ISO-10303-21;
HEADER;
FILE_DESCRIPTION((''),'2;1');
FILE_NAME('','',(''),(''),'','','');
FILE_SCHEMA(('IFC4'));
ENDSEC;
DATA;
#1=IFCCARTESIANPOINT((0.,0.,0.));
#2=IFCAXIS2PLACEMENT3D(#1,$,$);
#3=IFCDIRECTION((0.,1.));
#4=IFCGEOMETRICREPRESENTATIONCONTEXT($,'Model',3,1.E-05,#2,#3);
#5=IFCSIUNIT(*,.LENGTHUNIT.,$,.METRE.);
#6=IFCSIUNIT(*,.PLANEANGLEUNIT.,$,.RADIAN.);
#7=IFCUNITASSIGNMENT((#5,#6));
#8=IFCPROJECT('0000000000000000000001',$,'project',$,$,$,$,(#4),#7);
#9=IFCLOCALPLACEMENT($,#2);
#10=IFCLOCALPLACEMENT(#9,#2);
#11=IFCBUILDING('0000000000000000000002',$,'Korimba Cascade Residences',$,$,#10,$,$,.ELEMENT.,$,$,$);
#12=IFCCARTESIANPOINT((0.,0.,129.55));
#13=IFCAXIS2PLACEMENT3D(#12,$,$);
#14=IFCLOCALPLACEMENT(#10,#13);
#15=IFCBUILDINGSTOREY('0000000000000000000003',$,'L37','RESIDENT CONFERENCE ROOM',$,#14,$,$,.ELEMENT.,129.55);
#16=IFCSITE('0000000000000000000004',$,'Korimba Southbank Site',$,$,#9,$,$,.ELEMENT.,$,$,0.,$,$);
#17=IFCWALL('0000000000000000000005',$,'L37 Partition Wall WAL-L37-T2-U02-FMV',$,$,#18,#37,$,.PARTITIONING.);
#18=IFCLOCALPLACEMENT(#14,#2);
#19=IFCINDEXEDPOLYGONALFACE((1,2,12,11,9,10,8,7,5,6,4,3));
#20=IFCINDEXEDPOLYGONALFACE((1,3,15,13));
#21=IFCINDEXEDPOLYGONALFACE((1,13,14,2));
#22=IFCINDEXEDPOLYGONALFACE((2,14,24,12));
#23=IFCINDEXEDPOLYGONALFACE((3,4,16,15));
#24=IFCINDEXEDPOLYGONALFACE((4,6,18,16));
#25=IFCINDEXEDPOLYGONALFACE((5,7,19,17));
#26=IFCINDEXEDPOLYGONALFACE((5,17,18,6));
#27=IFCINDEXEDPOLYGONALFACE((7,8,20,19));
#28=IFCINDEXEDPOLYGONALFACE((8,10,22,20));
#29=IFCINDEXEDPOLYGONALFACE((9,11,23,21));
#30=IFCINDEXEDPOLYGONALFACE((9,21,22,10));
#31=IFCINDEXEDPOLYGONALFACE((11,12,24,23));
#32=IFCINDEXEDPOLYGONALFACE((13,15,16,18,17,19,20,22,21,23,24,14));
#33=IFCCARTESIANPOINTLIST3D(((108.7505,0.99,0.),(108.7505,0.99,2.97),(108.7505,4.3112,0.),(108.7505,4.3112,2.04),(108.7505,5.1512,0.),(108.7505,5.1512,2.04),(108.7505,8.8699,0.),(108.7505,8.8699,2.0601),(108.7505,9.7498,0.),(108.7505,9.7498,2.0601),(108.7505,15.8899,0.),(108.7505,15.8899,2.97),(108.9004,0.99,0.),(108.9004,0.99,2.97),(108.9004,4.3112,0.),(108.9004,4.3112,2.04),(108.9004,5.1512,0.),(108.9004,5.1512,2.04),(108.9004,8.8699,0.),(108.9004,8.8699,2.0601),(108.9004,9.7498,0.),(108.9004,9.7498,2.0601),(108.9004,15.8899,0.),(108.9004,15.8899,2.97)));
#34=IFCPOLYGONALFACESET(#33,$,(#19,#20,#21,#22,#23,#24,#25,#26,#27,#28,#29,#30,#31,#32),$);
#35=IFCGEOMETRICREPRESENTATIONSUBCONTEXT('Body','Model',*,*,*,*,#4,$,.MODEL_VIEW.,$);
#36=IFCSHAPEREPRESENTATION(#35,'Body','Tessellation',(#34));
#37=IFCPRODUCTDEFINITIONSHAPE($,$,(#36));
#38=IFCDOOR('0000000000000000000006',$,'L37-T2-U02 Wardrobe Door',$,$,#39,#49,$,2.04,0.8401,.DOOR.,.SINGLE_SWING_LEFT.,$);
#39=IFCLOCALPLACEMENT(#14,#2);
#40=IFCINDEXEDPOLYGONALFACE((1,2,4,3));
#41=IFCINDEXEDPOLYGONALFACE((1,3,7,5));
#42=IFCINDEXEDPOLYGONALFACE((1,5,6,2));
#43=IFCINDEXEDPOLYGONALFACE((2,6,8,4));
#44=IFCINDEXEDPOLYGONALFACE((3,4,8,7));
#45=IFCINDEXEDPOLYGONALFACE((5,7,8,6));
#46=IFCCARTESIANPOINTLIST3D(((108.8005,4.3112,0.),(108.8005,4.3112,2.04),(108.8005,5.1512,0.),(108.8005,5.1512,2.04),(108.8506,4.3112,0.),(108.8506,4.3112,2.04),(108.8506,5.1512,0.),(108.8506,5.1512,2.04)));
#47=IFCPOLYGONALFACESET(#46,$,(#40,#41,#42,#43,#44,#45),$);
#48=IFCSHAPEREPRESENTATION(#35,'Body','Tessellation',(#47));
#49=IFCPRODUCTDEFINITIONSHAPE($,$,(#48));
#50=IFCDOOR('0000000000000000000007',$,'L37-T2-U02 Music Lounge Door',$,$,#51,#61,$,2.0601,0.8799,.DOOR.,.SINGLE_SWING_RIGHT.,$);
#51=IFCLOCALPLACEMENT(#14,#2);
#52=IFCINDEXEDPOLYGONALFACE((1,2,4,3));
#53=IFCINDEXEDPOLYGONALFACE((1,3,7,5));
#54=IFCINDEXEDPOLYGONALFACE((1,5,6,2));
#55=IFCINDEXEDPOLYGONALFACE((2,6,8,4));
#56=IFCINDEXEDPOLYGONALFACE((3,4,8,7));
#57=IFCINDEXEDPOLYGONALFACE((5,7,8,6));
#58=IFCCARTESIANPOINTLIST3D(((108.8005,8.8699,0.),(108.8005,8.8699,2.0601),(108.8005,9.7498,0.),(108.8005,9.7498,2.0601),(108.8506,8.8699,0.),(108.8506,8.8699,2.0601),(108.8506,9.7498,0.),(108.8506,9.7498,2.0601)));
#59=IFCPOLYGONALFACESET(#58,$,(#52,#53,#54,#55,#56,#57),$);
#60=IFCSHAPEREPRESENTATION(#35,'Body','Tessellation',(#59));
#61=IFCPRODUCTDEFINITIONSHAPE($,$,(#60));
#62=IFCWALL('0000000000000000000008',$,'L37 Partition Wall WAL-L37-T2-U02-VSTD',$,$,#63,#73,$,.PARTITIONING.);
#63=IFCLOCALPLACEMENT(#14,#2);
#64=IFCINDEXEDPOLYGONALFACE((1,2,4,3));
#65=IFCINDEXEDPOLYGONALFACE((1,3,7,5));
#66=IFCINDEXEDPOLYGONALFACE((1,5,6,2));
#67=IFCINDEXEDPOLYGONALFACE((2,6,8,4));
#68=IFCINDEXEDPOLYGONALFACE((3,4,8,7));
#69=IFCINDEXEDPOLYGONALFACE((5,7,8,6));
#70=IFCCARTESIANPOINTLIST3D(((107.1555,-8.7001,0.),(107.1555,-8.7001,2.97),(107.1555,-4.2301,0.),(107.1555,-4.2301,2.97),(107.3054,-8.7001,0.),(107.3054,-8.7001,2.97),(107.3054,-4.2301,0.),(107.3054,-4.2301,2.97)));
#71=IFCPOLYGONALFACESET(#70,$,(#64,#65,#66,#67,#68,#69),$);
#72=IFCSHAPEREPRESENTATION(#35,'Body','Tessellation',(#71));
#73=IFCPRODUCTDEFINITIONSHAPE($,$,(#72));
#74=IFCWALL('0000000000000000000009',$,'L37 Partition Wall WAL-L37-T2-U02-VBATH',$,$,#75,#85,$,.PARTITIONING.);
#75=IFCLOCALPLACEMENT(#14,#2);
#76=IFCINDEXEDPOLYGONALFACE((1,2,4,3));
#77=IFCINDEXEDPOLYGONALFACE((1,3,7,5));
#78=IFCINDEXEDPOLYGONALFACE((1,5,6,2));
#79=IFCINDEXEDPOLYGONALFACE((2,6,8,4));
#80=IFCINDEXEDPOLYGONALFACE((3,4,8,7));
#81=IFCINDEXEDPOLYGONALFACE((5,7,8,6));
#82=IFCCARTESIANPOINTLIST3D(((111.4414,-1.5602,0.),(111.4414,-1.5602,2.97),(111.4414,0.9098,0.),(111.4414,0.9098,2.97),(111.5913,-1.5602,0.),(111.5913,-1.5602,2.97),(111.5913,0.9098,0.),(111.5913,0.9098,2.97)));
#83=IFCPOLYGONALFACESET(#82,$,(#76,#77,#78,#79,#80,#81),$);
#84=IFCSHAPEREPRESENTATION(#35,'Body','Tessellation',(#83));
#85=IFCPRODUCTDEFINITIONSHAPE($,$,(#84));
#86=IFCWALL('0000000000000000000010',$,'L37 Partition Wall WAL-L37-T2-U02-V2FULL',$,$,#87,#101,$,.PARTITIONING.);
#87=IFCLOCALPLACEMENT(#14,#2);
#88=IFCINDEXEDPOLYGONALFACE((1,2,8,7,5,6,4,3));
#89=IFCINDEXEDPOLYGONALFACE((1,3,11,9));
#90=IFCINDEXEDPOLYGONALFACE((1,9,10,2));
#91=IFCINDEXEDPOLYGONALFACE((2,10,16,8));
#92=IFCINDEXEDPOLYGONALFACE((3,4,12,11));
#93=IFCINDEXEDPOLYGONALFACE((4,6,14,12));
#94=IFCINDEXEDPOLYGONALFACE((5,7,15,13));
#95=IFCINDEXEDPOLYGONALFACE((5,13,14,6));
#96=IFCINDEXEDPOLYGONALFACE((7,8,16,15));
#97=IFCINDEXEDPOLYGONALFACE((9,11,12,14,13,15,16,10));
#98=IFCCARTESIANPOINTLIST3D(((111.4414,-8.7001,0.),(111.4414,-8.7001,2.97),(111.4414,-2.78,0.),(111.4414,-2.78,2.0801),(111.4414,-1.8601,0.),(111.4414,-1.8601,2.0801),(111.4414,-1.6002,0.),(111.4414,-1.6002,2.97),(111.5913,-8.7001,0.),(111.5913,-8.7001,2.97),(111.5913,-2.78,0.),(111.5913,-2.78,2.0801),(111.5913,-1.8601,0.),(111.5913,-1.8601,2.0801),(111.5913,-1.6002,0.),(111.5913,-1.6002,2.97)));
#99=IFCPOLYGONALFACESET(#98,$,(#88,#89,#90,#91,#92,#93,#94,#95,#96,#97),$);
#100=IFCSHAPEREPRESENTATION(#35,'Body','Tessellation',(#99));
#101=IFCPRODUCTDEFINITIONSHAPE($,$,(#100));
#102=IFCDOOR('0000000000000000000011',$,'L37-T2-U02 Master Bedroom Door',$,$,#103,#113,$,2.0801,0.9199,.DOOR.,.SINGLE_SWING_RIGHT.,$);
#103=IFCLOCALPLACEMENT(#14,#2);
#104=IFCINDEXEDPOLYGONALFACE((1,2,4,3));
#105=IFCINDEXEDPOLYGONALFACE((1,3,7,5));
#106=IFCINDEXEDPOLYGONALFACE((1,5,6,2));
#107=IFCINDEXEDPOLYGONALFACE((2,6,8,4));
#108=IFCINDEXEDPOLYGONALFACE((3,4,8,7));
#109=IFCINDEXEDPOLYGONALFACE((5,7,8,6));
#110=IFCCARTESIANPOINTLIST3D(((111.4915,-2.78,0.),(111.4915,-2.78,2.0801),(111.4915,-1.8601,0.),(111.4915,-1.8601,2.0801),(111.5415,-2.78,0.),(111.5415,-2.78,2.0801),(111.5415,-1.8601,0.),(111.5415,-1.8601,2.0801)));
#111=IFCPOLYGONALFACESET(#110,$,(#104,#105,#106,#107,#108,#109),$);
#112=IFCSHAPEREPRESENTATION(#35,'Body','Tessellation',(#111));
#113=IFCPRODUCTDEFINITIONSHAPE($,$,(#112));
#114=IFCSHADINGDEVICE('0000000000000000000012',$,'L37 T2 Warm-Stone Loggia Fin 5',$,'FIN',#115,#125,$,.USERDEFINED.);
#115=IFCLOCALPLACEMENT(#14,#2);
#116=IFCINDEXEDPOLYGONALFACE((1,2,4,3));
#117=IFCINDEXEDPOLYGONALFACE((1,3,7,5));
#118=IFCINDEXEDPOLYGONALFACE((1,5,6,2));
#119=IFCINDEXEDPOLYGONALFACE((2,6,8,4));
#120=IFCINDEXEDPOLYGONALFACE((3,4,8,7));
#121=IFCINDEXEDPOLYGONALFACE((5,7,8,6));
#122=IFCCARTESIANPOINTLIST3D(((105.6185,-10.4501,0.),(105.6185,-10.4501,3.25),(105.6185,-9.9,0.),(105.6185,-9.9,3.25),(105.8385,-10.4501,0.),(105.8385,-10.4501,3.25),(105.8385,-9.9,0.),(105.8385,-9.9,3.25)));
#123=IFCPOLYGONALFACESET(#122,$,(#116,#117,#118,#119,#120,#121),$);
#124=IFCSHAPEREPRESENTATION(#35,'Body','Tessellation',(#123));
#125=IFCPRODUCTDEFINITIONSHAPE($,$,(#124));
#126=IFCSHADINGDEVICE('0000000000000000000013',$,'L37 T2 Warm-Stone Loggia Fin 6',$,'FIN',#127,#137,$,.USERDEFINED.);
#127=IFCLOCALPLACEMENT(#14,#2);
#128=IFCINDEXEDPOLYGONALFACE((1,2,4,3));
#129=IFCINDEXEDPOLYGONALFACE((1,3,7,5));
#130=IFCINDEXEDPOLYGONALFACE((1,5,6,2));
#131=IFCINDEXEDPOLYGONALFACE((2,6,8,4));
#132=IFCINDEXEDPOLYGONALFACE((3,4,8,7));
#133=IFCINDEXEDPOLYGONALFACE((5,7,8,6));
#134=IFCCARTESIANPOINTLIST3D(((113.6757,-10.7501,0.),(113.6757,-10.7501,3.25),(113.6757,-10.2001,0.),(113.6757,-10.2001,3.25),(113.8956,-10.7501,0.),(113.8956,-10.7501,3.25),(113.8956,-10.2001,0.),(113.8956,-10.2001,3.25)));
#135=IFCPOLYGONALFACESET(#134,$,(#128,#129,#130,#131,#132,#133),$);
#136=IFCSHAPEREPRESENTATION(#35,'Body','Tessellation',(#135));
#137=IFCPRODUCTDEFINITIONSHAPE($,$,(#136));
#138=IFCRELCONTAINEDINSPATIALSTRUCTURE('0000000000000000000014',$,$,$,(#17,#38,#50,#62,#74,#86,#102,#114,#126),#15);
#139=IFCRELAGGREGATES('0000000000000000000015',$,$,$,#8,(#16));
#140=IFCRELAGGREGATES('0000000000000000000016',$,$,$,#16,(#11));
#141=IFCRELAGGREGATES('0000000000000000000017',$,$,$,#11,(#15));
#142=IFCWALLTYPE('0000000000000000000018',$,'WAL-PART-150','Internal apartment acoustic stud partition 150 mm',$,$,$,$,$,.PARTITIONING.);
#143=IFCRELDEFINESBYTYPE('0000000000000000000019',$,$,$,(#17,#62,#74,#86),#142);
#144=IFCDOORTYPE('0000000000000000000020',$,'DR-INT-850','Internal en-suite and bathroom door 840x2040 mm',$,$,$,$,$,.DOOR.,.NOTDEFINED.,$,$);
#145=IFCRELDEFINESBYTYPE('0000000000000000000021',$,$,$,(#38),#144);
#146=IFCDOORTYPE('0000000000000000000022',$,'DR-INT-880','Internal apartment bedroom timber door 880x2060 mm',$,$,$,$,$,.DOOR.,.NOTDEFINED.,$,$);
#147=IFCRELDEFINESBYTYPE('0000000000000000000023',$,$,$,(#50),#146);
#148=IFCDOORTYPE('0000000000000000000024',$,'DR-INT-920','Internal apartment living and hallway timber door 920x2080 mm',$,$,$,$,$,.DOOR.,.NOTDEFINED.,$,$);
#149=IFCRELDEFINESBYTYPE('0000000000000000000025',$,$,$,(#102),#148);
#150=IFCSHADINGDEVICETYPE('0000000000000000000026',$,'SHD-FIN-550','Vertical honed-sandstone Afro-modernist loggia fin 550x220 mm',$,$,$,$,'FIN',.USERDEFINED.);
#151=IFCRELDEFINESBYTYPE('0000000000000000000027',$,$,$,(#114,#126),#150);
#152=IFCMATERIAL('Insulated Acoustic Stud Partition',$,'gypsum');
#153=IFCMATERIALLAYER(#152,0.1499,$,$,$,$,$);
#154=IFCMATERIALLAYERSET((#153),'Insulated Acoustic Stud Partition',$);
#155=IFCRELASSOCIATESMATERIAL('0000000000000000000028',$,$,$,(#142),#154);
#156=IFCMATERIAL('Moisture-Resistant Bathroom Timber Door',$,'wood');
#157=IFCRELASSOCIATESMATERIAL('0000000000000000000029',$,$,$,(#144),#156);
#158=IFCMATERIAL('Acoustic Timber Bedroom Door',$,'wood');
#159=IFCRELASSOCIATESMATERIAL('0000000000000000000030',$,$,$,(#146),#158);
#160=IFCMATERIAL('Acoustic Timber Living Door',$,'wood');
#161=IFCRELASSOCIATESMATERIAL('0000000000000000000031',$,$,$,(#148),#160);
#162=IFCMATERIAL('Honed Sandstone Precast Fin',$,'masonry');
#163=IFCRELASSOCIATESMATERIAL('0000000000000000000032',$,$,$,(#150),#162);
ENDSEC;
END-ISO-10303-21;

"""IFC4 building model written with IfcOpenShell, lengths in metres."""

from ifc_helpers import new_model, si_unit, direction, frame, frame_2d, origin, origin_2d, place, context, subcontext, project, spatial, rectangle, extrude, material, layer, layer_set, type_object, element, fill, save


model = new_model("IFC4")

# Units and contexts
model_context = context("Model", 3, precision=1e-05, world=origin(), true_north=direction((0.0, 1.0)))
body_context = subcontext(model_context, "Body", "Model", "MODEL_VIEW")
ifc_project = project(units=[si_unit("LENGTHUNIT", "METRE"), si_unit("PLANEANGLEUNIT", "RADIAN")], contexts=[model_context])

# Site, building, storey
site_placement = place(None, origin())
site = spatial("IfcSite", under=ifc_project, at=site_placement, Name="Korimba Southbank Site", CompositionType="ELEMENT", RefElevation=0.0)
building_placement = place(site_placement, origin())
building = spatial("IfcBuilding", under=site, at=building_placement, Name="Korimba Cascade Residences", CompositionType="ELEMENT")
storey_placement = place(building_placement, frame((0.0, 0.0, 129.55)))
storey = spatial("IfcBuildingStorey", under=building, at=storey_placement, Name="L37", Description="RESIDENT CONFERENCE ROOM", CompositionType="ELEMENT", Elevation=129.55)

# Wall, openings, doors
ifc_material_1 = material(Name="Insulated Acoustic Stud Partition", Category="gypsum")
ifc_layer_1 = layer(ifc_material_1, 0.1499)
ifc_layer_set_1 = layer_set([ifc_layer_1], Name="Insulated Acoustic Stud Partition")
wall_type_1 = type_object("IfcWallType", Name="WAL-PART-150", Description="Internal apartment acoustic stud partition 150 mm", PredefinedType="PARTITIONING", material=ifc_layer_set_1)
wall_1_placement = place(storey_placement, frame((108.8254, 0.99, 0.0), z_axis=(0.0, 0.0, 1.0), x_axis=(0.0, 1.0, 0.0)))
wall_1 = element("IfcWall", 1, at=wall_1_placement, inside=storey, type_object=wall_type_1, Name="L37 Partition Wall WAL-L37-T2-U02-FMV", PredefinedType="PARTITIONING", context=body_context, shape_type="SweptSolid", body=[
    extrude(rectangle(XDim=14.8999, YDim=0.1499, at=frame_2d((7.45, 0.0))), origin(), (0.0, 0.0, 1.0), 2.97),
])
opening_1_placement = place(wall_1_placement, frame((3.3213, 0.0, 0.0)))
opening_1 = element("IfcOpeningElement", 2, at=opening_1_placement, cuts=wall_1, PredefinedType="OPENING", context=body_context, shape_type="SweptSolid", body=[
    extrude(rectangle(XDim=0.8401, YDim=2.04, at=frame_2d((0.4199, 1.02))), frame((0.0, 0.085, 0.0), z_axis=(0.0, -1.0, 0.0), x_axis=(1.0, 0.0, 0.0)), (0.0, 0.0, 1.0), 0.1699),
])
opening_2_placement = place(wall_1_placement, frame((7.8799, 0.0, 0.0)))
opening_2 = element("IfcOpeningElement", 3, at=opening_2_placement, cuts=wall_1, PredefinedType="OPENING", context=body_context, shape_type="SweptSolid", body=[
    extrude(rectangle(XDim=0.8799, YDim=2.0601, at=frame_2d((0.4399, 1.03))), frame((0.0, 0.085, 0.0), z_axis=(0.0, -1.0, 0.0), x_axis=(1.0, 0.0, 0.0)), (0.0, 0.0, 1.0), 0.1699),
])
ifc_material_2 = material(Name="Moisture-Resistant Bathroom Timber Door", Category="wood")
door_type_1 = type_object("IfcDoorType", Name="DR-INT-850", Description="Internal en-suite and bathroom door 840x2040 mm", OperationType="NOTDEFINED", PredefinedType="DOOR", material=ifc_material_2)
door_1_placement = place(opening_1_placement, origin())
door_1 = element("IfcDoor", 4, at=door_1_placement, inside=storey, type_object=door_type_1, Name="L37-T2-U02 Wardrobe Door", OperationType="SINGLE_SWING_LEFT", OverallHeight=2.04, OverallWidth=0.8401, PredefinedType="DOOR", context=body_context, shape_type="SweptSolid", body=[
    extrude(rectangle(XDim=0.8401, YDim=2.04, at=frame_2d((0.4199, 1.02))), frame((0.0, 0.0249, 0.0), z_axis=(0.0, -1.0, 0.0), x_axis=(1.0, 0.0, 0.0)), (0.0, 0.0, 1.0), 0.05),
])
fill(opening_1, door_1)
ifc_material_3 = material(Name="Acoustic Timber Bedroom Door", Category="wood")
door_type_2 = type_object("IfcDoorType", Name="DR-INT-880", Description="Internal apartment bedroom timber door 880x2060 mm", OperationType="NOTDEFINED", PredefinedType="DOOR", material=ifc_material_3)
door_2_placement = place(opening_2_placement, origin())
door_2 = element("IfcDoor", 5, at=door_2_placement, inside=storey, type_object=door_type_2, Name="L37-T2-U02 Music Lounge Door", OperationType="SINGLE_SWING_RIGHT", OverallHeight=2.0601, OverallWidth=0.8799, PredefinedType="DOOR", context=body_context, shape_type="SweptSolid", body=[
    extrude(rectangle(XDim=0.8799, YDim=2.0601, at=frame_2d((0.4399, 1.03))), frame((0.0, 0.0249, 0.0), z_axis=(0.0, -1.0, 0.0), x_axis=(1.0, 0.0, 0.0)), (0.0, 0.0, 1.0), 0.05),
])
fill(opening_2, door_2)

# Walls
wall_2_placement = place(storey_placement, frame((107.2305, -8.7, 0.0), z_axis=(0.0, 0.0, 1.0), x_axis=(0.0, 1.0, 0.0)))
element("IfcWall", 6, at=wall_2_placement, inside=storey, type_object=wall_type_1, Name="L37 Partition Wall WAL-L37-T2-U02-VSTD", PredefinedType="PARTITIONING", context=body_context, shape_type="SweptSolid", body=[
    extrude(rectangle(XDim=4.47, YDim=0.1499, at=frame_2d((2.2349, 0.0))), origin(), (0.0, 0.0, 1.0), 2.97),
])
wall_3_placement = place(storey_placement, frame((111.5164, -1.5601, 0.0), z_axis=(0.0, 0.0, 1.0), x_axis=(0.0, 1.0, 0.0)))
element("IfcWall", 7, at=wall_3_placement, inside=storey, type_object=wall_type_1, Name="L37 Partition Wall WAL-L37-T2-U02-VBATH", PredefinedType="PARTITIONING", context=body_context, shape_type="SweptSolid", body=[
    extrude(rectangle(XDim=2.47, YDim=0.1499, at=frame_2d((1.2349, 0.0))), origin(), (0.0, 0.0, 1.0), 2.97),
])

# Wall, opening, door
wall_4_placement = place(storey_placement, frame((111.5164, -8.7, 0.0), z_axis=(0.0, 0.0, 1.0), x_axis=(0.0, 1.0, 0.0)))
wall_4 = element("IfcWall", 8, at=wall_4_placement, inside=storey, type_object=wall_type_1, Name="L37 Partition Wall WAL-L37-T2-U02-V2FULL", PredefinedType="PARTITIONING", context=body_context, shape_type="SweptSolid", body=[
    extrude(rectangle(XDim=7.0999, YDim=0.1499, at=frame_2d((3.5498, 0.0))), origin(), (0.0, 0.0, 1.0), 2.97),
])
opening_3_placement = place(wall_4_placement, frame((5.9199, 0.0, 0.0)))
opening_3 = element("IfcOpeningElement", 9, at=opening_3_placement, cuts=wall_4, PredefinedType="OPENING", context=body_context, shape_type="SweptSolid", body=[
    extrude(rectangle(XDim=0.9199, YDim=2.0801, at=frame_2d((0.46, 1.04))), frame((0.0, 0.085, 0.0), z_axis=(0.0, -1.0, 0.0), x_axis=(1.0, 0.0, 0.0)), (0.0, 0.0, 1.0), 0.1699),
])
ifc_material_4 = material(Name="Acoustic Timber Living Door", Category="wood")
door_type_3 = type_object("IfcDoorType", Name="DR-INT-920", Description="Internal apartment living and hallway timber door 920x2080 mm", OperationType="NOTDEFINED", PredefinedType="DOOR", material=ifc_material_4)
door_3_placement = place(opening_3_placement, origin())
door_3 = element("IfcDoor", 10, at=door_3_placement, inside=storey, type_object=door_type_3, Name="L37-T2-U02 Master Bedroom Door", OperationType="SINGLE_SWING_RIGHT", OverallHeight=2.0801, OverallWidth=0.9199, PredefinedType="DOOR", context=body_context, shape_type="SweptSolid", body=[
    extrude(rectangle(XDim=0.9199, YDim=2.0801, at=frame_2d((0.46, 1.04))), frame((0.0, 0.0249, 0.0), z_axis=(0.0, -1.0, 0.0), x_axis=(1.0, 0.0, 0.0)), (0.0, 0.0, 1.0), 0.05),
])
fill(opening_3, door_3)

# Shading devices
ifc_material_5 = material(Name="Honed Sandstone Precast Fin", Category="masonry")
shading_device_type = type_object("IfcShadingDeviceType", Name="SHD-FIN-550", Description="Vertical honed-sandstone Afro-modernist loggia fin 550x220 mm", ElementType="FIN", PredefinedType="USERDEFINED", material=ifc_material_5)
for number, where, z_axis, x_axis, name in (
    (11, (105.7285, -10.175, 0.0), (0.0, 0.0, 1.0), (1.0, 0.0, 0.0), "L37 T2 Warm-Stone Loggia Fin 5"),
    (12, (113.7856, -10.4751, 0.0), (0.0, 0.0, 1.0), (1.0, 0.0, 0.0), "L37 T2 Warm-Stone Loggia Fin 6"),
):
    element("IfcShadingDevice", number, at=place(storey_placement, frame(where, z_axis=z_axis, x_axis=x_axis)), inside=storey, type_object=shading_device_type, Name=name, ObjectType="FIN", PredefinedType="USERDEFINED", context=body_context, shape_type="SweptSolid", body=[
        extrude(rectangle(XDim=0.22, YDim=0.55, at=origin_2d()), origin(), (0.0, 0.0, 1.0), 3.25),
    ])

save(model, "model.ifc")
